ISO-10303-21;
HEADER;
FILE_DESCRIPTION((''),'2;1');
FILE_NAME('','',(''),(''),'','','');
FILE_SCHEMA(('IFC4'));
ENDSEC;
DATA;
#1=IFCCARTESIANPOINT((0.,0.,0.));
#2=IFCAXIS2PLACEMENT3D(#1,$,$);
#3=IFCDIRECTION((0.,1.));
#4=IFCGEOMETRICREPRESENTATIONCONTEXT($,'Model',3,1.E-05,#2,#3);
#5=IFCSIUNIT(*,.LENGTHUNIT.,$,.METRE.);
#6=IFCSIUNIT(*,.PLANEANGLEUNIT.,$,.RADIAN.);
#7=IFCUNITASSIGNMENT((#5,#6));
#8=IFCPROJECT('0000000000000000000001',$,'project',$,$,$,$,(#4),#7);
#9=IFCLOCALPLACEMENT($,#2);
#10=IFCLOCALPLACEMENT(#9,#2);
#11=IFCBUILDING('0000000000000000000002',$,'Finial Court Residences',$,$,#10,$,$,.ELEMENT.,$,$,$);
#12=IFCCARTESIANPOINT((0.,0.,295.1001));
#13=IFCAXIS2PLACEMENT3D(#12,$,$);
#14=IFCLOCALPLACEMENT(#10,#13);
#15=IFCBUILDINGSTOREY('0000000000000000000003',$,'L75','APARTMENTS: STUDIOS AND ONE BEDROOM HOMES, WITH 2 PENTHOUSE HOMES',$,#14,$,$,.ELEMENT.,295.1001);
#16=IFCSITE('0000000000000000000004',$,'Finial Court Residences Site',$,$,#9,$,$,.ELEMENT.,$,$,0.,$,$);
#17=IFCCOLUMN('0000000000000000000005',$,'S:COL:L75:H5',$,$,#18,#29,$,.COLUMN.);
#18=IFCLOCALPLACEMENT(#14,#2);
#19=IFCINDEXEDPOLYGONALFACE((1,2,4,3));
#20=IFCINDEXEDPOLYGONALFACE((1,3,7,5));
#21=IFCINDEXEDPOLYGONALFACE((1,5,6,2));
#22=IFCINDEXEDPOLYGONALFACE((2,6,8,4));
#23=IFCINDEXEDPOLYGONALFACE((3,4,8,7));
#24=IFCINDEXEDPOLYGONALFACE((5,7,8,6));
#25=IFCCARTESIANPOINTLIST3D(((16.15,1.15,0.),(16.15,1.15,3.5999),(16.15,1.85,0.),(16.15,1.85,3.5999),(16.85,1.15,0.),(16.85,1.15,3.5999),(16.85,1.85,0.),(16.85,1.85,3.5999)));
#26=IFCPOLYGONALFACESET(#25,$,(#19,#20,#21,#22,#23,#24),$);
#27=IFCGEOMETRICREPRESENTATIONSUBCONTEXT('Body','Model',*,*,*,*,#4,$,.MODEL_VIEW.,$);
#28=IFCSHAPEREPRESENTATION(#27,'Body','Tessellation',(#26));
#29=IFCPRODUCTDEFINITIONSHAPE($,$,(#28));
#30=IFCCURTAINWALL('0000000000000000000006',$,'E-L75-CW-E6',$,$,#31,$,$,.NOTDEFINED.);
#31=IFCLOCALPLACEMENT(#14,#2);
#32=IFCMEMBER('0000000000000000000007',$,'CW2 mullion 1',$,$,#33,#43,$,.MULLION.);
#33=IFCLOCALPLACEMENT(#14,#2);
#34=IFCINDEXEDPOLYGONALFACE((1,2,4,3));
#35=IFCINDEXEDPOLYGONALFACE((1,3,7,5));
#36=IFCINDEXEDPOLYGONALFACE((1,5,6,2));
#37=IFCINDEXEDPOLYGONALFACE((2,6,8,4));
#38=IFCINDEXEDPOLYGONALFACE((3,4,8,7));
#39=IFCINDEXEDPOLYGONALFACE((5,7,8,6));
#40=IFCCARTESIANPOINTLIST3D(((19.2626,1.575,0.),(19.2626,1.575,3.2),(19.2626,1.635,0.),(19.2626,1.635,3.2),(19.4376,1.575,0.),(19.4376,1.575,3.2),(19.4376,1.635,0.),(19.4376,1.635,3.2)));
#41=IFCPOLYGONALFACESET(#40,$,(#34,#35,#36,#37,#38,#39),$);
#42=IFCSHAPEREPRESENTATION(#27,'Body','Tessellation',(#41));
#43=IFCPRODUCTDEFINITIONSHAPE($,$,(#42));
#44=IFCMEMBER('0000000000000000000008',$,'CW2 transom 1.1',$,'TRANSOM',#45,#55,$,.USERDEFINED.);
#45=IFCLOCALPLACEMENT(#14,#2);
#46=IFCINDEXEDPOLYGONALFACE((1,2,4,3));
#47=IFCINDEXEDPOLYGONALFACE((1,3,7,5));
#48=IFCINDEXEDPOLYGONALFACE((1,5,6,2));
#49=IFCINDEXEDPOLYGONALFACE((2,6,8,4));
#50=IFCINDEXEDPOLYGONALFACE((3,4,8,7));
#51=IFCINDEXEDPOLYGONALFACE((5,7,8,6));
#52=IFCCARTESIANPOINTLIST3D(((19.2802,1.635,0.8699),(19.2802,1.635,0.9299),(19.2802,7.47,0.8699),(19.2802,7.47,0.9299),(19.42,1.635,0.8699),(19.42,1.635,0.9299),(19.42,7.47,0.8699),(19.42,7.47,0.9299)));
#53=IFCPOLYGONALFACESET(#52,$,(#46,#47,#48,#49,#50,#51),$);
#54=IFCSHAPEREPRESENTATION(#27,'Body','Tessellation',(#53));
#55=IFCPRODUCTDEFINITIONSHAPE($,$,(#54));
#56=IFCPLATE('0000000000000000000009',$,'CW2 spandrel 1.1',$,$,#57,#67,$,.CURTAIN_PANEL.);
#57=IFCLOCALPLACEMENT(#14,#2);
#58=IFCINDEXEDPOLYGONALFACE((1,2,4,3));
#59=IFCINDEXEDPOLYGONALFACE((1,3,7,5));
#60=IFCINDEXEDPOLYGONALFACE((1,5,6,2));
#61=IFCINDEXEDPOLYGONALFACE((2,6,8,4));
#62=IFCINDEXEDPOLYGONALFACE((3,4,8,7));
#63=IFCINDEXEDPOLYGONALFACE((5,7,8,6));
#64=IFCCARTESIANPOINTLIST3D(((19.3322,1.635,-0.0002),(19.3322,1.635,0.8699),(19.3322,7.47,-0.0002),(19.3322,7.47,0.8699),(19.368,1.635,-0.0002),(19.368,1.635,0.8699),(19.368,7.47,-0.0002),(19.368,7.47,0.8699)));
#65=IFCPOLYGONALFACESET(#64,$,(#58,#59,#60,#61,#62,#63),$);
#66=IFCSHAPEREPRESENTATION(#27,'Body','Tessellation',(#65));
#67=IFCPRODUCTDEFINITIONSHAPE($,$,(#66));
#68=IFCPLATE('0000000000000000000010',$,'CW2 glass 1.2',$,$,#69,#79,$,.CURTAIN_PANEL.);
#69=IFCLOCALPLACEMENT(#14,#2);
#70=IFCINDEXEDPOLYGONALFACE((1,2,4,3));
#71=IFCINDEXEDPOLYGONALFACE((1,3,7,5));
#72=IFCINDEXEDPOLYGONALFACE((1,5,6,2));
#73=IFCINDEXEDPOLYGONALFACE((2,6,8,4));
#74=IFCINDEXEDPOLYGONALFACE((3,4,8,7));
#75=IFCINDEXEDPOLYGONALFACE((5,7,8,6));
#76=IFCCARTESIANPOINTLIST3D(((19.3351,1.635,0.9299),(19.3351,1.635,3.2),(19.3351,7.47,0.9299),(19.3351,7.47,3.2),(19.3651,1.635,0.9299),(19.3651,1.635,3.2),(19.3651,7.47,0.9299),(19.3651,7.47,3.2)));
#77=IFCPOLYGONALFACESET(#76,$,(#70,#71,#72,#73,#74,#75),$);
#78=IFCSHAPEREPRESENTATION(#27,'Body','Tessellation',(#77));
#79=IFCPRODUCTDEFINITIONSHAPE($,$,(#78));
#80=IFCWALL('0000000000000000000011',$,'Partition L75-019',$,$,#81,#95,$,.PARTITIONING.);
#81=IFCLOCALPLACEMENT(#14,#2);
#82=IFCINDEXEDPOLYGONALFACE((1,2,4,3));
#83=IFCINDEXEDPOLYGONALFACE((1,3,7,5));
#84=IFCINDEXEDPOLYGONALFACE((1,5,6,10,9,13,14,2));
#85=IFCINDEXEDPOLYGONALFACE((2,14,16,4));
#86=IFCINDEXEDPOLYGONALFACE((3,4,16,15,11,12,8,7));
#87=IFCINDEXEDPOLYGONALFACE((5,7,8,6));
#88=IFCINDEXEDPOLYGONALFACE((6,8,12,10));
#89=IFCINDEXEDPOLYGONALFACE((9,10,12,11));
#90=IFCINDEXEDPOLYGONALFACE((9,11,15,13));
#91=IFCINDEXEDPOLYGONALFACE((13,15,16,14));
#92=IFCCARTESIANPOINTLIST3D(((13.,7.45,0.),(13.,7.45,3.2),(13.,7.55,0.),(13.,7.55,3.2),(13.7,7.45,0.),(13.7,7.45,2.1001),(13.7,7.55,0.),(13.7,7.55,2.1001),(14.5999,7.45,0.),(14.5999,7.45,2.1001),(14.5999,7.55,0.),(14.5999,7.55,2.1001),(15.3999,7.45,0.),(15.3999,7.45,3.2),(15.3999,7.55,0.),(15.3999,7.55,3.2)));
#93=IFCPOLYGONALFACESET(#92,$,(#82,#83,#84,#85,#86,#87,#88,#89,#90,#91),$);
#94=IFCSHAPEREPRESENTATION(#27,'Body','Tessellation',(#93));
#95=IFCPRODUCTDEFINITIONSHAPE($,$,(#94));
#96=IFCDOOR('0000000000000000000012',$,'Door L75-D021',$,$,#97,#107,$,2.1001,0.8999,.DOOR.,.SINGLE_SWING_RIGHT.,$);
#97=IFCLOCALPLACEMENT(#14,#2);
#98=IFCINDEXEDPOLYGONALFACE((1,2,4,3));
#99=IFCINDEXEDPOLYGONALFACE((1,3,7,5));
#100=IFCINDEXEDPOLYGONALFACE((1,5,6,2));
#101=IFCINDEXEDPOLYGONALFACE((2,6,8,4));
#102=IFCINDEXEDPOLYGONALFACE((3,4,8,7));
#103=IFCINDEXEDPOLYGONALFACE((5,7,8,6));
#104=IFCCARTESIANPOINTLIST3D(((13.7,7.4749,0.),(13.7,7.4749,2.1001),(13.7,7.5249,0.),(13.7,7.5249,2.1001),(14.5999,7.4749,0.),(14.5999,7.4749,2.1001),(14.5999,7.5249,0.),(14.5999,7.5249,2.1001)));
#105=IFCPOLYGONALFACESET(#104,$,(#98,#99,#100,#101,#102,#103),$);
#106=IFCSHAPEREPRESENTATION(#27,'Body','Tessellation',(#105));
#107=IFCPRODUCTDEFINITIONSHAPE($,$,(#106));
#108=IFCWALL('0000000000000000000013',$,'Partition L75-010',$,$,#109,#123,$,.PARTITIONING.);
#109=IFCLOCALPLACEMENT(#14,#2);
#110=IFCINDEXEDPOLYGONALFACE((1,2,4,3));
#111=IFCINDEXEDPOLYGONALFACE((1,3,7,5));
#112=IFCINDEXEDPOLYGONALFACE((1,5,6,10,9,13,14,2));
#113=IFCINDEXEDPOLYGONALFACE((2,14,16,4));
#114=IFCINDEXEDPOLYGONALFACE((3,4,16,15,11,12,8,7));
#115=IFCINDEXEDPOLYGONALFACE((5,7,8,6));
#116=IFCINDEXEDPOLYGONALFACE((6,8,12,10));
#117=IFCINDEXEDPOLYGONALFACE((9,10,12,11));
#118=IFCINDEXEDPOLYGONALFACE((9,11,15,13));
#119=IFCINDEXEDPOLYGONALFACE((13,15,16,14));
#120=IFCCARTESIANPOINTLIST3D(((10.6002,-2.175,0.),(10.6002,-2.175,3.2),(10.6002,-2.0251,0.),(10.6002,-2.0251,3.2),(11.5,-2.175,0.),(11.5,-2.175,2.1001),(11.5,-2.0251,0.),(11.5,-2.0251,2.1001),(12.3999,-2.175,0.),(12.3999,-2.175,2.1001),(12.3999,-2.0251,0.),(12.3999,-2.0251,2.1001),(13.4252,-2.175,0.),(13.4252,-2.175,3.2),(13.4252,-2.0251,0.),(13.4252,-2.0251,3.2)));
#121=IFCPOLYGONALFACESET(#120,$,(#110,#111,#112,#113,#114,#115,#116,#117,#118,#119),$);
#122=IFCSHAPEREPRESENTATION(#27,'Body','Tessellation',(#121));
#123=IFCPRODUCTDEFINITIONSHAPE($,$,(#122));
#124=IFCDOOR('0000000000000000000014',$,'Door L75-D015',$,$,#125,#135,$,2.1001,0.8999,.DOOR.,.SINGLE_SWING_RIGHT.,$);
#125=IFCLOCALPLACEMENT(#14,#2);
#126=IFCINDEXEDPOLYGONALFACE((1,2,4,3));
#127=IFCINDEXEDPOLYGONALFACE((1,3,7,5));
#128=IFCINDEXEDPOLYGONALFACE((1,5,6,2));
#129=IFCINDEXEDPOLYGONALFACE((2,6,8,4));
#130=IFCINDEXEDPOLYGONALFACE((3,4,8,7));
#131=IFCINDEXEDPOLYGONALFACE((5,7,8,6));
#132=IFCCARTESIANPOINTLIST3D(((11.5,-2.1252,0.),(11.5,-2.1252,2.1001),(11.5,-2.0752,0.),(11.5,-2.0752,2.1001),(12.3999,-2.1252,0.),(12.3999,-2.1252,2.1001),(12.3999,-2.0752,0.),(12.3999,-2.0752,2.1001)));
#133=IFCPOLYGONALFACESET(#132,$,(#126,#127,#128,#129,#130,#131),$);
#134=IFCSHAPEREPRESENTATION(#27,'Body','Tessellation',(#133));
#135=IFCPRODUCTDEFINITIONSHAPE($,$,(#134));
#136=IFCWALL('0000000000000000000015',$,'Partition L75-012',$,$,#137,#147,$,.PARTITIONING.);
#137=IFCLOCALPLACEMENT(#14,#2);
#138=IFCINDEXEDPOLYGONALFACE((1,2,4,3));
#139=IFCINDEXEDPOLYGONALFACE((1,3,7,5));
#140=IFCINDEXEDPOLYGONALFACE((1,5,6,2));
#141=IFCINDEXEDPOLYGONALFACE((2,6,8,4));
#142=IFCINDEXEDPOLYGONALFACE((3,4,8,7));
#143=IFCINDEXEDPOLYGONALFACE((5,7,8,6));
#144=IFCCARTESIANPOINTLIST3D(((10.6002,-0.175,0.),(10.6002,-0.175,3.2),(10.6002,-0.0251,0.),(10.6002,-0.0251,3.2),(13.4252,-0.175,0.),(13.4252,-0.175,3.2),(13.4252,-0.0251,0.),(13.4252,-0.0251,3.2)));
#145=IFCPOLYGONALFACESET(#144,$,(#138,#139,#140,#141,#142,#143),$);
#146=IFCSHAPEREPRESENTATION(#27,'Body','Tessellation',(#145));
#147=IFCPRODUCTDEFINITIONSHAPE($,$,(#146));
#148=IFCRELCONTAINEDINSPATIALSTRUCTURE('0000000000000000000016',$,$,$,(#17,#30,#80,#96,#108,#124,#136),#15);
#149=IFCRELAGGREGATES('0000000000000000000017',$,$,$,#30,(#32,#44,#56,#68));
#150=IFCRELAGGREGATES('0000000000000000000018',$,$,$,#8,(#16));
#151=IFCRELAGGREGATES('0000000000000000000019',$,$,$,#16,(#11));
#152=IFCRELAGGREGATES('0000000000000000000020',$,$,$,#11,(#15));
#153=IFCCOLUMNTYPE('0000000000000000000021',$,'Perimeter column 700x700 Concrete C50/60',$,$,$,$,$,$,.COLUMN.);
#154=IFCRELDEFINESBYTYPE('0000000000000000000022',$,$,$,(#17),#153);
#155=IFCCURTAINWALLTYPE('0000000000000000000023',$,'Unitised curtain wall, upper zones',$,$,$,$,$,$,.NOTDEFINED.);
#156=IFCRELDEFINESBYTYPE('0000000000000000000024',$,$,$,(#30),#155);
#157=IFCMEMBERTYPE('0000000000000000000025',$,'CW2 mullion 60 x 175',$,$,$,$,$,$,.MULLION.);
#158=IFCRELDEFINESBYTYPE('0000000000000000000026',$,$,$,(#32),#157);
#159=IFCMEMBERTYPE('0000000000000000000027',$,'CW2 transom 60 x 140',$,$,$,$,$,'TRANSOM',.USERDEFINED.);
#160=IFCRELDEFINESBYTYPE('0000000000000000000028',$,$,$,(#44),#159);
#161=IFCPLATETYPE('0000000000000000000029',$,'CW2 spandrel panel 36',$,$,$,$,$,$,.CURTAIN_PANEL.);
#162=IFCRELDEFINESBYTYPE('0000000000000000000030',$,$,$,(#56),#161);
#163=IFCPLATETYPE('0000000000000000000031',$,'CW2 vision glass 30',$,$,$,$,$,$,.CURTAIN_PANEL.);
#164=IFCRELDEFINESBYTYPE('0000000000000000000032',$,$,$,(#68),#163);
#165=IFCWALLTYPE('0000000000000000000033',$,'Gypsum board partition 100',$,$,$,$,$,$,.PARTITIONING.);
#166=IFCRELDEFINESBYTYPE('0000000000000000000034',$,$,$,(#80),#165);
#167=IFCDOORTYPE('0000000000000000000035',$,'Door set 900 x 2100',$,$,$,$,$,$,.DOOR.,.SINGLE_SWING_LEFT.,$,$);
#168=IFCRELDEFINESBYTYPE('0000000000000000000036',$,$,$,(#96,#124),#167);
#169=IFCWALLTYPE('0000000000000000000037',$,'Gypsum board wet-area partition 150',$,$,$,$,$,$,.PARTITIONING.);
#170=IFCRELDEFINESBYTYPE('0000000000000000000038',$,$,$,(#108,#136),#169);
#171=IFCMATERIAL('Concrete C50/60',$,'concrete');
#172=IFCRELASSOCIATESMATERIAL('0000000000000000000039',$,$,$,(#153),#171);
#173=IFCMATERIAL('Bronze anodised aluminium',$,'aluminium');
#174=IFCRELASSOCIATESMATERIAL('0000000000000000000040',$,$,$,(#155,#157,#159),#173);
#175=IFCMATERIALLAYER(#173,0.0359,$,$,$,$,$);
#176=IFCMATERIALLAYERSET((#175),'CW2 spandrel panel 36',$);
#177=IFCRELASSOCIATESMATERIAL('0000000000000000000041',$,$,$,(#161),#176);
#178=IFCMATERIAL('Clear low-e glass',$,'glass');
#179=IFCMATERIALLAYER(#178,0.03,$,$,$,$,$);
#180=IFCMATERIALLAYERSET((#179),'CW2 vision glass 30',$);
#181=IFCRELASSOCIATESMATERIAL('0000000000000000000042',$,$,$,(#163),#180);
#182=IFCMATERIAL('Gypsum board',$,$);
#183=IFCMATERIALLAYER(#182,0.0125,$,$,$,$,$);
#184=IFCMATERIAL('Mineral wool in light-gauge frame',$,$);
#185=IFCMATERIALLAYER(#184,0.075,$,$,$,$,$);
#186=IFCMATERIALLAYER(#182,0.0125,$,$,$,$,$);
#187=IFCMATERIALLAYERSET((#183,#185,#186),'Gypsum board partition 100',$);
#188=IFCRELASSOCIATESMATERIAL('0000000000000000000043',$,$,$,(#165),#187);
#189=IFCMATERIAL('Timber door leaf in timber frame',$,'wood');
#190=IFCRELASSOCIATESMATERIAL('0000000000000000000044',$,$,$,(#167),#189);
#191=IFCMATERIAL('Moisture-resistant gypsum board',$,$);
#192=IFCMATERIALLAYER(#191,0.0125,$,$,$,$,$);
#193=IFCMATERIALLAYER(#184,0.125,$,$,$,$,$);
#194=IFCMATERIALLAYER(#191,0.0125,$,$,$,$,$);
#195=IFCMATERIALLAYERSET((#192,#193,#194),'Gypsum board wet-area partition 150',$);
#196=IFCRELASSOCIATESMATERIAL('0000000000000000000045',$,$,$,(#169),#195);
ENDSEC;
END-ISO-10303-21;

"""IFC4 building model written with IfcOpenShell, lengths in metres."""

from ifc_helpers import new_model, si_unit, direction, frame, frame_2d, origin, origin_2d, place, context, subcontext, project, spatial, rectangle, extrude, material, layer, layer_set, material_profile, profile_set, type_object, element, fill, aggregate, save


model = new_model("IFC4")

# Units and contexts
model_context = context("Model", 3, precision=1e-05, world=origin(), true_north=direction((0.0, 1.0)))
body_context = subcontext(model_context, "Body", "Model", "MODEL_VIEW")
ifc_project = project(units=[si_unit("LENGTHUNIT", "METRE"), si_unit("PLANEANGLEUNIT", "RADIAN")], contexts=[model_context])

# Site, building, storey
site_placement = place(None, origin())
site = spatial("IfcSite", under=ifc_project, at=site_placement, Name="Finial Court Residences Site", CompositionType="ELEMENT", RefElevation=0.0)
building_placement = place(site_placement, origin())
building = spatial("IfcBuilding", under=site, at=building_placement, Name="Finial Court Residences", CompositionType="ELEMENT")
storey_placement = place(building_placement, frame((0.0, 0.0, 295.1001)))
storey = spatial("IfcBuildingStorey", under=building, at=storey_placement, Name="L75", Description="APARTMENTS: STUDIOS AND ONE BEDROOM HOMES, WITH 2 PENTHOUSE HOMES", CompositionType="ELEMENT", Elevation=295.1001)

# Column
ifc_material_1 = material(Name="Concrete C50/60", Category="concrete")
ifc_material_profile_1 = material_profile(ifc_material_1, rectangle(XDim=0.7, YDim=0.7, at=origin_2d()), Name="700x700")
ifc_profile_set_1 = profile_set([ifc_material_profile_1], Name="Concrete C50/60")
column_type = type_object("IfcColumnType", Name="Perimeter column 700x700 Concrete C50/60", PredefinedType="COLUMN", material=ifc_profile_set_1)
column_placement = place(storey_placement, frame((16.5, 1.5, 0.0), z_axis=(0.0, 0.0, 1.0), x_axis=(1.0, 0.0, 0.0)))
element("IfcColumn", 1, at=column_placement, inside=storey, type_object=column_type, Name="S:COL:L75:H5", PredefinedType="COLUMN", context=body_context, shape_type="SweptSolid", body=[
    extrude(rectangle(XDim=0.7, YDim=0.7, at=origin_2d()), origin(), (0.0, 0.0, 1.0), 3.5999),
])

# Curtain wall, members, plates
ifc_material_2 = material(Name="Bronze anodised aluminium", Category="aluminium")
curtain_wall_type = type_object("IfcCurtainWallType", Name="Unitised curtain wall, upper zones", PredefinedType="NOTDEFINED", material=ifc_material_2)
curtain_wall_placement = place(storey_placement, origin())
curtain_wall = element("IfcCurtainWall", 2, at=curtain_wall_placement, inside=storey, type_object=curtain_wall_type, Name="E-L75-CW-E6", PredefinedType="NOTDEFINED")
ifc_material_profile_2 = material_profile(ifc_material_2, rectangle(XDim=0.175, YDim=0.0601, at=origin_2d()), Name="CW2 mullion 60 x 175")
ifc_profile_set_2 = profile_set([ifc_material_profile_2], Name="Bronze anodised aluminium")
member_type_1 = type_object("IfcMemberType", Name="CW2 mullion 60 x 175", PredefinedType="MULLION", material=ifc_profile_set_2)
member_1_placement = place(storey_placement, frame((19.3501, 1.605, 0.0), z_axis=(0.0, 0.0, 1.0), x_axis=(-1.0, 0.0, 0.0)))
member_1 = element("IfcMember", 3, at=member_1_placement, type_object=member_type_1, Name="CW2 mullion 1", PredefinedType="MULLION", context=body_context, shape_type="SweptSolid", body=[
    extrude(rectangle(XDim=0.175, YDim=0.0601, at=origin_2d()), origin(), (0.0, 0.0, 1.0), 3.2),
])
ifc_material_profile_3 = material_profile(ifc_material_2, rectangle(XDim=0.1399, YDim=0.0601, at=origin_2d()), Name="CW2 transom 60 x 140")
ifc_profile_set_3 = profile_set([ifc_material_profile_3], Name="Bronze anodised aluminium")
member_type_2 = type_object("IfcMemberType", Name="CW2 transom 60 x 140", ElementType="TRANSOM", PredefinedType="USERDEFINED", material=ifc_profile_set_3)
member_2_placement = place(storey_placement, frame((19.3501, 1.635, 0.8999), z_axis=(0.0, 1.0, 0.0), x_axis=(-1.0, 0.0, 0.0)))
member_2 = element("IfcMember", 4, at=member_2_placement, type_object=member_type_2, Name="CW2 transom 1.1", ObjectType="TRANSOM", PredefinedType="USERDEFINED", context=body_context, shape_type="SweptSolid", body=[
    extrude(rectangle(XDim=0.1399, YDim=0.0601, at=origin_2d()), origin(), (0.0, 0.0, 1.0), 5.835),
])
ifc_layer_1 = layer(ifc_material_2, 0.0359)
ifc_layer_set_1 = layer_set([ifc_layer_1], Name="CW2 spandrel panel 36")
plate_type_1 = type_object("IfcPlateType", Name="CW2 spandrel panel 36", PredefinedType="CURTAIN_PANEL", material=ifc_layer_set_1)
plate_1_placement = place(storey_placement, frame((19.3501, 4.5525, -0.0002), z_axis=(0.0, 0.0, 1.0), x_axis=(0.0, 1.0, 0.0)))
plate_1 = element("IfcPlate", 5, at=plate_1_placement, type_object=plate_type_1, Name="CW2 spandrel 1.1", PredefinedType="CURTAIN_PANEL", context=body_context, shape_type="SweptSolid", body=[
    extrude(rectangle(XDim=5.835, YDim=0.0359, at=origin_2d()), origin(), (0.0, 0.0, 1.0), 0.8701),
])
ifc_material_3 = material(Name="Clear low-e glass", Category="glass")
ifc_layer_2 = layer(ifc_material_3, 0.03)
ifc_layer_set_2 = layer_set([ifc_layer_2], Name="CW2 vision glass 30")
plate_type_2 = type_object("IfcPlateType", Name="CW2 vision glass 30", PredefinedType="CURTAIN_PANEL", material=ifc_layer_set_2)
plate_2_placement = place(storey_placement, frame((19.3501, 4.5525, 0.9299), z_axis=(0.0, 0.0, 1.0), x_axis=(0.0, 1.0, 0.0)))
plate_2 = element("IfcPlate", 6, at=plate_2_placement, type_object=plate_type_2, Name="CW2 glass 1.2", PredefinedType="CURTAIN_PANEL", context=body_context, shape_type="SweptSolid", body=[
    extrude(rectangle(XDim=5.835, YDim=0.03, at=origin_2d()), origin(), (0.0, 0.0, 1.0), 2.27),
])
aggregate(curtain_wall, [member_1, member_2, plate_1, plate_2])

# Walls, openings, doors
ifc_material_4 = material(Name="Gypsum board")
ifc_layer_3 = layer(ifc_material_4, 0.0125)
ifc_material_5 = material(Name="Mineral wool in light-gauge frame")
ifc_layer_4 = layer(ifc_material_5, 0.075)
ifc_layer_5 = layer(ifc_material_4, 0.0125)
ifc_layer_set_3 = layer_set([ifc_layer_3, ifc_layer_4, ifc_layer_5], Name="Gypsum board partition 100")
wall_type_1 = type_object("IfcWallType", Name="Gypsum board partition 100", PredefinedType="PARTITIONING", material=ifc_layer_set_3)
wall_1_placement = place(storey_placement, frame((13.0, 7.5, 0.0), z_axis=(0.0, 0.0, 1.0), x_axis=(1.0, 0.0, 0.0)))
wall_1 = element("IfcWall", 7, at=wall_1_placement, inside=storey, type_object=wall_type_1, Name="Partition L75-019", PredefinedType="PARTITIONING", context=body_context, shape_type="SweptSolid", body=[
    extrude(rectangle(XDim=2.3999, YDim=0.1001, at=frame_2d((1.2, 0.0))), origin(), (0.0, 0.0, 1.0), 3.2),
])
opening_1_placement = place(wall_1_placement, frame((0.7, 0.0, 0.0)))
opening_1 = element("IfcOpeningElement", 8, at=opening_1_placement, cuts=wall_1, PredefinedType="OPENING", context=body_context, shape_type="SweptSolid", body=[
    extrude(rectangle(XDim=0.8999, YDim=2.1001, at=frame_2d((0.45, 1.05))), frame((0.0, 0.0601, 0.0), z_axis=(0.0, -1.0, 0.0), x_axis=(1.0, 0.0, 0.0)), (0.0, 0.0, 1.0), 0.1201),
])
ifc_material_6 = material(Name="Timber door leaf in timber frame", Category="wood")
door_type_1 = type_object("IfcDoorType", Name="Door set 900 x 2100", OperationType="SINGLE_SWING_LEFT", PredefinedType="DOOR", material=ifc_material_6)
door_1_placement = place(opening_1_placement, origin())
door_1 = element("IfcDoor", 9, at=door_1_placement, inside=storey, type_object=door_type_1, Name="Door L75-D021", OperationType="SINGLE_SWING_RIGHT", OverallHeight=2.1001, OverallWidth=0.8999, PredefinedType="DOOR", context=body_context, shape_type="SweptSolid", body=[
    extrude(rectangle(XDim=0.8999, YDim=2.1001, at=frame_2d((0.45, 1.05))), frame((0.0, 0.0249, 0.0), z_axis=(0.0, -1.0, 0.0), x_axis=(1.0, 0.0, 0.0)), (0.0, 0.0, 1.0), 0.05),
])
fill(opening_1, door_1)
ifc_material_7 = material(Name="Moisture-resistant gypsum board")
ifc_layer_6 = layer(ifc_material_7, 0.0125)
ifc_layer_7 = layer(ifc_material_5, 0.125)
ifc_layer_8 = layer(ifc_material_7, 0.0125)
ifc_layer_set_4 = layer_set([ifc_layer_6, ifc_layer_7, ifc_layer_8], Name="Gypsum board wet-area partition 150")
wall_type_2 = type_object("IfcWallType", Name="Gypsum board wet-area partition 150", PredefinedType="PARTITIONING", material=ifc_layer_set_4)
wall_2_placement = place(storey_placement, frame((10.6001, -2.1001, 0.0), z_axis=(0.0, 0.0, 1.0), x_axis=(1.0, 0.0, 0.0)))
wall_2 = element("IfcWall", 10, at=wall_2_placement, inside=storey, type_object=wall_type_2, Name="Partition L75-010", PredefinedType="PARTITIONING", context=body_context, shape_type="SweptSolid", body=[
    extrude(rectangle(XDim=2.825, YDim=0.1499, at=frame_2d((1.4126, 0.0))), origin(), (0.0, 0.0, 1.0), 3.2),
])
opening_2_placement = place(wall_2_placement, frame((0.8999, 0.0, 0.0)))
opening_2 = element("IfcOpeningElement", 11, at=opening_2_placement, cuts=wall_2, PredefinedType="OPENING", context=body_context, shape_type="SweptSolid", body=[
    extrude(rectangle(XDim=0.8999, YDim=2.1001, at=frame_2d((0.45, 1.05))), frame((0.0, 0.085, 0.0), z_axis=(0.0, -1.0, 0.0), x_axis=(1.0, 0.0, 0.0)), (0.0, 0.0, 1.0), 0.1699),
])
door_2_placement = place(opening_2_placement, origin())
door_2 = element("IfcDoor", 12, at=door_2_placement, inside=storey, type_object=door_type_1, Name="Door L75-D015", OperationType="SINGLE_SWING_RIGHT", OverallHeight=2.1001, OverallWidth=0.8999, PredefinedType="DOOR", context=body_context, shape_type="SweptSolid", body=[
    extrude(rectangle(XDim=0.8999, YDim=2.1001, at=frame_2d((0.45, 1.05))), frame((0.0, 0.0249, 0.0), z_axis=(0.0, -1.0, 0.0), x_axis=(1.0, 0.0, 0.0)), (0.0, 0.0, 1.0), 0.05),
])
fill(opening_2, door_2)

# Wall
wall_3_placement = place(storey_placement, frame((10.6001, -0.1001, 0.0), z_axis=(0.0, 0.0, 1.0), x_axis=(1.0, 0.0, 0.0)))
element("IfcWall", 13, at=wall_3_placement, inside=storey, type_object=wall_type_2, Name="Partition L75-012", PredefinedType="PARTITIONING", context=body_context, shape_type="SweptSolid", body=[
    extrude(rectangle(XDim=2.825, YDim=0.1499, at=frame_2d((1.4126, 0.0))), origin(), (0.0, 0.0, 1.0), 3.2),
])

save(model, "model.ifc")
